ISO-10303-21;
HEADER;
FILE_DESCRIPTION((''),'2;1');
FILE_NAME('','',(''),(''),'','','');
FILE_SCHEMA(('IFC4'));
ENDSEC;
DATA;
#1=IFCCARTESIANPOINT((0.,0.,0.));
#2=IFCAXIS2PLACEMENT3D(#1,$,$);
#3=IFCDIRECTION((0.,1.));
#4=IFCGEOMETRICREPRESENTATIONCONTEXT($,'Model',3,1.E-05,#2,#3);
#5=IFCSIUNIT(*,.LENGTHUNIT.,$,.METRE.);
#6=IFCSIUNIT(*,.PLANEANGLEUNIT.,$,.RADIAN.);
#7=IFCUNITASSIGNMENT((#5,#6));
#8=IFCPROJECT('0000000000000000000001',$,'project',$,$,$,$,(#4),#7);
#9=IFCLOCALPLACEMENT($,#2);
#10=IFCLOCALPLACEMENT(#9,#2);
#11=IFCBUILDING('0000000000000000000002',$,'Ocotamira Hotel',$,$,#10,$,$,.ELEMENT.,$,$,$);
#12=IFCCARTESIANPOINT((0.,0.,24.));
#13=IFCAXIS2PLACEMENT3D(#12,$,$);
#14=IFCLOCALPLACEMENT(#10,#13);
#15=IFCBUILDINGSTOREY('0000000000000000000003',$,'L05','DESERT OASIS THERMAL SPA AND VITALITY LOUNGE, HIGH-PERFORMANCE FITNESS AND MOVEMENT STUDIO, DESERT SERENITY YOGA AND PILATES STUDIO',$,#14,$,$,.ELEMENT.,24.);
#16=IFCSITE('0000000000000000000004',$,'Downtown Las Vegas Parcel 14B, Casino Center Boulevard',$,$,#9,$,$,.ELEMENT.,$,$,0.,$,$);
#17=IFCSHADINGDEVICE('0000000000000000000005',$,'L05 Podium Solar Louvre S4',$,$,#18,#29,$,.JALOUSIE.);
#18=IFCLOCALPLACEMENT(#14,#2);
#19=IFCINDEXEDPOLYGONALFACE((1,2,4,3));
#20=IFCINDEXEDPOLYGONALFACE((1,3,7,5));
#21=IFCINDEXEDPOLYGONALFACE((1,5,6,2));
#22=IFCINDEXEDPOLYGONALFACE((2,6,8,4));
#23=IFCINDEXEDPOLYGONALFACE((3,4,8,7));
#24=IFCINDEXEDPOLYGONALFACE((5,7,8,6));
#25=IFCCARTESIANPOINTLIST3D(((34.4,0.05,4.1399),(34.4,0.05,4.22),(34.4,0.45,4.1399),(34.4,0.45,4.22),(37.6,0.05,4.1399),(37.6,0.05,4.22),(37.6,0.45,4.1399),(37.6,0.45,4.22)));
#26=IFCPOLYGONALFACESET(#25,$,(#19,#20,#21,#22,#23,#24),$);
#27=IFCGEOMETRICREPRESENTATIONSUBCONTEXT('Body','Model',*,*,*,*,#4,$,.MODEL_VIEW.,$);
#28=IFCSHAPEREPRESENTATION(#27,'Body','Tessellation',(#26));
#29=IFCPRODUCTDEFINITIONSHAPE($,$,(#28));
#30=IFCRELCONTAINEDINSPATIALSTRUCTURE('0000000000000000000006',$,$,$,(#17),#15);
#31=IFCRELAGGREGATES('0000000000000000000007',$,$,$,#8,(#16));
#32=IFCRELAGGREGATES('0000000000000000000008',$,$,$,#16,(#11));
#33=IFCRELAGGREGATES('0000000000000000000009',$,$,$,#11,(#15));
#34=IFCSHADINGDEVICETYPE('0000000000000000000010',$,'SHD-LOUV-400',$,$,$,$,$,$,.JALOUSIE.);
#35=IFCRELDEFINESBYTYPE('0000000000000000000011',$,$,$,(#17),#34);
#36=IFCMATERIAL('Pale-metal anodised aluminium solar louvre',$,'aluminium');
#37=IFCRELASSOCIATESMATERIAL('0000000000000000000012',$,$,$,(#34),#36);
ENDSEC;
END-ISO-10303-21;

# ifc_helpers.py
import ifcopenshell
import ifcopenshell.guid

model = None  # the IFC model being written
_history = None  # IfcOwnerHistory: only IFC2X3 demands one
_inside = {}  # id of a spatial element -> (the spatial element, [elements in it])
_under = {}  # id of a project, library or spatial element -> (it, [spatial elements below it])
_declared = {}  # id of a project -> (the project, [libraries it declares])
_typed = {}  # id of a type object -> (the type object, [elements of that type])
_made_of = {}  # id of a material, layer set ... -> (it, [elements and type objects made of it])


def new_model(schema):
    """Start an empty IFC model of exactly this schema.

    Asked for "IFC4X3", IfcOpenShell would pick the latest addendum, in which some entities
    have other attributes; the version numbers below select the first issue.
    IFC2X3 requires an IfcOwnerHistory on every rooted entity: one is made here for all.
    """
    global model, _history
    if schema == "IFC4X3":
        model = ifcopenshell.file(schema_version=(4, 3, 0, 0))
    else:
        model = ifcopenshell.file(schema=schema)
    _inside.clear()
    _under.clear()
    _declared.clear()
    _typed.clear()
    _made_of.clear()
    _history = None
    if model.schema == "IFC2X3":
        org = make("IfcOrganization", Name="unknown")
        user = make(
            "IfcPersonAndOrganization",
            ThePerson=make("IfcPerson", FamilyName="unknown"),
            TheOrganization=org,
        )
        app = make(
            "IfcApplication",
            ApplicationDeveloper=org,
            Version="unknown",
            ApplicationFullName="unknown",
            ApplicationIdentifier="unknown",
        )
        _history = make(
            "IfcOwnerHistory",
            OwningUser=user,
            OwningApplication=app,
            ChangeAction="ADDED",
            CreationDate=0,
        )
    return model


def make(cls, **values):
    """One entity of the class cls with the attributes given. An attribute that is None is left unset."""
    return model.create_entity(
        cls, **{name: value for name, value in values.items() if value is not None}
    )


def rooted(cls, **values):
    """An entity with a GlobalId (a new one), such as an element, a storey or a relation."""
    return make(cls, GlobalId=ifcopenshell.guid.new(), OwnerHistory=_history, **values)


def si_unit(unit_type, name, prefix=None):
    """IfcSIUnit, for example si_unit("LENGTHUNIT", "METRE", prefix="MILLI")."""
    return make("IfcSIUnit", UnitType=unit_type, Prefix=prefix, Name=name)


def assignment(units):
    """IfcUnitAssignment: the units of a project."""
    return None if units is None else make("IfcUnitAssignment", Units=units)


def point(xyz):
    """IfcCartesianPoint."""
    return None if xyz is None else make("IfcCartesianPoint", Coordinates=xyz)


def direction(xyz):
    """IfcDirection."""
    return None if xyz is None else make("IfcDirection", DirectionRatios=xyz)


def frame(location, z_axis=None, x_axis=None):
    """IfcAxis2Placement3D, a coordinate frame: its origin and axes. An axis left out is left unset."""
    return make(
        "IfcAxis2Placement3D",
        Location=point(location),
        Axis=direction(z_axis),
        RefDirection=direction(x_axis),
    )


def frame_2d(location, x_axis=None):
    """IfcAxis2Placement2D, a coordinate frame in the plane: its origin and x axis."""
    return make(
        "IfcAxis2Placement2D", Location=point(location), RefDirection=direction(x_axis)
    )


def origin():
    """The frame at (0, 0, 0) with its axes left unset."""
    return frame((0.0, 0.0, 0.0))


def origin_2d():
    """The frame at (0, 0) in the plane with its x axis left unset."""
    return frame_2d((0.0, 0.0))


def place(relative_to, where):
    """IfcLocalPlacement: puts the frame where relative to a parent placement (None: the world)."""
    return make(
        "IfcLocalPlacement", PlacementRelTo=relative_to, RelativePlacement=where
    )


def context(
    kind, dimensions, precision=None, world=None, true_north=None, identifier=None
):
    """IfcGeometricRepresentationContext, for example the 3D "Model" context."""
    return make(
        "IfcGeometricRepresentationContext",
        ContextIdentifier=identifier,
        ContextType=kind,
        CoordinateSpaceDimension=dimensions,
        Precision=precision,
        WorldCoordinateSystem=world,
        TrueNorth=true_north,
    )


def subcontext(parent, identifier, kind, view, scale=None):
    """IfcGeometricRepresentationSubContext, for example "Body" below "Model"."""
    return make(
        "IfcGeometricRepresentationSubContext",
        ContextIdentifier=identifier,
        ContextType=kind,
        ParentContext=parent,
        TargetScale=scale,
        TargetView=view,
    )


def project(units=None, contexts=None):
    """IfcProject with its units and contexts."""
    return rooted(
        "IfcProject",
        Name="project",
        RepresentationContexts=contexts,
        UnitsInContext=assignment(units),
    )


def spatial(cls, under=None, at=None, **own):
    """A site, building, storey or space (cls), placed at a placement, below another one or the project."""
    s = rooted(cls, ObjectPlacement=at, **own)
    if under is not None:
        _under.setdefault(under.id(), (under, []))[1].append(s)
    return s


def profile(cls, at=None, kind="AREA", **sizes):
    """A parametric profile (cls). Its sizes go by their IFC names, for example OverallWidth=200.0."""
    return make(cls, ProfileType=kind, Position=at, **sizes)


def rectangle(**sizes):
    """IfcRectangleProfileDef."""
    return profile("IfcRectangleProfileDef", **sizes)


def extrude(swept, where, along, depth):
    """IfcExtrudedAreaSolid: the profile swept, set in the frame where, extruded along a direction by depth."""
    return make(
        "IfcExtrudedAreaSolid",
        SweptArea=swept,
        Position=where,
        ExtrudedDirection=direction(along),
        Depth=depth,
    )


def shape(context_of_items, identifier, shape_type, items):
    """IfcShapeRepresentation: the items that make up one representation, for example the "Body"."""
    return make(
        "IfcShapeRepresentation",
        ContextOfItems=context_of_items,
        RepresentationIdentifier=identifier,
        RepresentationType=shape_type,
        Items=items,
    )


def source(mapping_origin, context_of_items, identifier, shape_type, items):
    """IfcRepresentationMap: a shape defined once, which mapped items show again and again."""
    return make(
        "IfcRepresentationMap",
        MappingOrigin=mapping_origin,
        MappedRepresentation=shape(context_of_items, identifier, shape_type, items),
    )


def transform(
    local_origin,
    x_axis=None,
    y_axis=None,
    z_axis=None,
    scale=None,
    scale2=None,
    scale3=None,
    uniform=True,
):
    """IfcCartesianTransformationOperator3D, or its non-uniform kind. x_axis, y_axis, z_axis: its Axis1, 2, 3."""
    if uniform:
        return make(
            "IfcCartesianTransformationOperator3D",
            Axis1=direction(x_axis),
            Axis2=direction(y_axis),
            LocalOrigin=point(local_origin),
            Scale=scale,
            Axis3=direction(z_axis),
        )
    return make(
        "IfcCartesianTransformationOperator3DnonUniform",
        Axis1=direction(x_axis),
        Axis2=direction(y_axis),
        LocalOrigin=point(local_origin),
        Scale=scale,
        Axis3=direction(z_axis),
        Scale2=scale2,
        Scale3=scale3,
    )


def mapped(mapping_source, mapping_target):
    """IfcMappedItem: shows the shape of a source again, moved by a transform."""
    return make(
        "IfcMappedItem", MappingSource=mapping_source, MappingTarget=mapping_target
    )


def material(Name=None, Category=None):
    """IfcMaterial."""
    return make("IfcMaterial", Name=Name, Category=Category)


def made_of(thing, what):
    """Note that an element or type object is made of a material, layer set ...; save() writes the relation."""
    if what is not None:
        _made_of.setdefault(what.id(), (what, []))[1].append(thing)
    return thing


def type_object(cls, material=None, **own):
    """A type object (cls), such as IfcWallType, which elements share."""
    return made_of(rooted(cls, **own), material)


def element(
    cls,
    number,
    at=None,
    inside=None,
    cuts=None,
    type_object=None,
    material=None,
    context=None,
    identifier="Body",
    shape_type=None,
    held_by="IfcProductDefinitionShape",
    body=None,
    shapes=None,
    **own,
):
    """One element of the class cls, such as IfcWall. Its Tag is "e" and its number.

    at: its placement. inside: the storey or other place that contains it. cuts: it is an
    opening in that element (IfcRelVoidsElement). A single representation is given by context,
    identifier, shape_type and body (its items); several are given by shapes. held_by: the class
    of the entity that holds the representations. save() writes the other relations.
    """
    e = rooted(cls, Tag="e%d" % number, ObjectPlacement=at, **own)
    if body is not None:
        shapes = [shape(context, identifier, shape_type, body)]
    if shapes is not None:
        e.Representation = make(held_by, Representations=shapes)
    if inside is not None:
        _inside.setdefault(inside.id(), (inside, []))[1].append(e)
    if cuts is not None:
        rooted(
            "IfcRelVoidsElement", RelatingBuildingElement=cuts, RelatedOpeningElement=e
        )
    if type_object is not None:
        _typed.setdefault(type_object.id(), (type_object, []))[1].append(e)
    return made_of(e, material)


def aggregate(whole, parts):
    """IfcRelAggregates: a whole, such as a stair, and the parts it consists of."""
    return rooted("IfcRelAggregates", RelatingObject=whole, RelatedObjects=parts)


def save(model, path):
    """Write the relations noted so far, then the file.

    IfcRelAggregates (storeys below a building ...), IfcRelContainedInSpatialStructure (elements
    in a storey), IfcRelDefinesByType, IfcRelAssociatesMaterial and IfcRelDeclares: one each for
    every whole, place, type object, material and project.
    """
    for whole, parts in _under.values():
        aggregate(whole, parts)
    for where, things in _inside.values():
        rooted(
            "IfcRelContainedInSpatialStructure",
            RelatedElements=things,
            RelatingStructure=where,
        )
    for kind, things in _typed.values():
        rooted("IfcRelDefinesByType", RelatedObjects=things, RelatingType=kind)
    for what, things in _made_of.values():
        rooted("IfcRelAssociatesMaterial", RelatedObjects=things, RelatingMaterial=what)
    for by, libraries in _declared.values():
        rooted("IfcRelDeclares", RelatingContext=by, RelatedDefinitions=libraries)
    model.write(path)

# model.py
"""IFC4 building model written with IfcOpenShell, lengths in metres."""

from ifc_helpers import new_model, si_unit, direction, frame, origin, origin_2d, place, context, subcontext, project, spatial, rectangle, extrude, source, transform, mapped, material, type_object, element, save


model = new_model("IFC4")

# Units and contexts
model_context = context("Model", 3, precision=1e-05, world=origin(), true_north=direction((0.0, 1.0)))
body_context = subcontext(model_context, "Body", "Model", "MODEL_VIEW")
ifc_project = project(units=[si_unit("LENGTHUNIT", "METRE"), si_unit("PLANEANGLEUNIT", "RADIAN")], contexts=[model_context])

# Site, building, storey
site_placement = place(None, origin())
site = spatial("IfcSite", under=ifc_project, at=site_placement, Name="Downtown Las Vegas Parcel 14B, Casino Center Boulevard", CompositionType="ELEMENT", RefElevation=0.0)
building_placement = place(site_placement, origin())
building = spatial("IfcBuilding", under=site, at=building_placement, Name="Ocotamira Hotel", CompositionType="ELEMENT")
storey_placement = place(building_placement, frame((0.0, 0.0, 24.0)))
storey = spatial("IfcBuildingStorey", under=building, at=storey_placement, Name="L05", Description="DESERT OASIS THERMAL SPA AND VITALITY LOUNGE, HIGH-PERFORMANCE FITNESS AND MOVEMENT STUDIO, DESERT SERENITY YOGA AND PILATES STUDIO", CompositionType="ELEMENT", Elevation=24.0)

# Shading device
ifc_material_1 = material(Name="Pale-metal anodised aluminium solar louvre", Category="aluminium")
shading_device_type = type_object("IfcShadingDeviceType", Name="SHD-LOUV-400", PredefinedType="JALOUSIE", material=ifc_material_1)
shared_shape_1 = source(origin(), body_context, "Body", "SweptSolid", [
    extrude(rectangle(XDim=3.2, YDim=0.3999, at=origin_2d()), origin(), (0.0, 0.0, 1.0), 0.0801),
])
for number, where, z_axis, x_axis, name in (
    (1, (36.0, 0.25, 4.1399), (0.0, 0.0, 1.0), (1.0, 0.0, 0.0), "L05 Podium Solar Louvre S4"),
):
    element("IfcShadingDevice", number, at=place(storey_placement, frame(where, z_axis=z_axis, x_axis=x_axis)), inside=storey, type_object=shading_device_type, Name=name, PredefinedType="JALOUSIE", context=body_context, shape_type="MappedRepresentation", body=[
        mapped(shared_shape_1, transform((0.0, 0.0, 0.0), scale=1.0)),
    ])

save(model, "model.ifc")
